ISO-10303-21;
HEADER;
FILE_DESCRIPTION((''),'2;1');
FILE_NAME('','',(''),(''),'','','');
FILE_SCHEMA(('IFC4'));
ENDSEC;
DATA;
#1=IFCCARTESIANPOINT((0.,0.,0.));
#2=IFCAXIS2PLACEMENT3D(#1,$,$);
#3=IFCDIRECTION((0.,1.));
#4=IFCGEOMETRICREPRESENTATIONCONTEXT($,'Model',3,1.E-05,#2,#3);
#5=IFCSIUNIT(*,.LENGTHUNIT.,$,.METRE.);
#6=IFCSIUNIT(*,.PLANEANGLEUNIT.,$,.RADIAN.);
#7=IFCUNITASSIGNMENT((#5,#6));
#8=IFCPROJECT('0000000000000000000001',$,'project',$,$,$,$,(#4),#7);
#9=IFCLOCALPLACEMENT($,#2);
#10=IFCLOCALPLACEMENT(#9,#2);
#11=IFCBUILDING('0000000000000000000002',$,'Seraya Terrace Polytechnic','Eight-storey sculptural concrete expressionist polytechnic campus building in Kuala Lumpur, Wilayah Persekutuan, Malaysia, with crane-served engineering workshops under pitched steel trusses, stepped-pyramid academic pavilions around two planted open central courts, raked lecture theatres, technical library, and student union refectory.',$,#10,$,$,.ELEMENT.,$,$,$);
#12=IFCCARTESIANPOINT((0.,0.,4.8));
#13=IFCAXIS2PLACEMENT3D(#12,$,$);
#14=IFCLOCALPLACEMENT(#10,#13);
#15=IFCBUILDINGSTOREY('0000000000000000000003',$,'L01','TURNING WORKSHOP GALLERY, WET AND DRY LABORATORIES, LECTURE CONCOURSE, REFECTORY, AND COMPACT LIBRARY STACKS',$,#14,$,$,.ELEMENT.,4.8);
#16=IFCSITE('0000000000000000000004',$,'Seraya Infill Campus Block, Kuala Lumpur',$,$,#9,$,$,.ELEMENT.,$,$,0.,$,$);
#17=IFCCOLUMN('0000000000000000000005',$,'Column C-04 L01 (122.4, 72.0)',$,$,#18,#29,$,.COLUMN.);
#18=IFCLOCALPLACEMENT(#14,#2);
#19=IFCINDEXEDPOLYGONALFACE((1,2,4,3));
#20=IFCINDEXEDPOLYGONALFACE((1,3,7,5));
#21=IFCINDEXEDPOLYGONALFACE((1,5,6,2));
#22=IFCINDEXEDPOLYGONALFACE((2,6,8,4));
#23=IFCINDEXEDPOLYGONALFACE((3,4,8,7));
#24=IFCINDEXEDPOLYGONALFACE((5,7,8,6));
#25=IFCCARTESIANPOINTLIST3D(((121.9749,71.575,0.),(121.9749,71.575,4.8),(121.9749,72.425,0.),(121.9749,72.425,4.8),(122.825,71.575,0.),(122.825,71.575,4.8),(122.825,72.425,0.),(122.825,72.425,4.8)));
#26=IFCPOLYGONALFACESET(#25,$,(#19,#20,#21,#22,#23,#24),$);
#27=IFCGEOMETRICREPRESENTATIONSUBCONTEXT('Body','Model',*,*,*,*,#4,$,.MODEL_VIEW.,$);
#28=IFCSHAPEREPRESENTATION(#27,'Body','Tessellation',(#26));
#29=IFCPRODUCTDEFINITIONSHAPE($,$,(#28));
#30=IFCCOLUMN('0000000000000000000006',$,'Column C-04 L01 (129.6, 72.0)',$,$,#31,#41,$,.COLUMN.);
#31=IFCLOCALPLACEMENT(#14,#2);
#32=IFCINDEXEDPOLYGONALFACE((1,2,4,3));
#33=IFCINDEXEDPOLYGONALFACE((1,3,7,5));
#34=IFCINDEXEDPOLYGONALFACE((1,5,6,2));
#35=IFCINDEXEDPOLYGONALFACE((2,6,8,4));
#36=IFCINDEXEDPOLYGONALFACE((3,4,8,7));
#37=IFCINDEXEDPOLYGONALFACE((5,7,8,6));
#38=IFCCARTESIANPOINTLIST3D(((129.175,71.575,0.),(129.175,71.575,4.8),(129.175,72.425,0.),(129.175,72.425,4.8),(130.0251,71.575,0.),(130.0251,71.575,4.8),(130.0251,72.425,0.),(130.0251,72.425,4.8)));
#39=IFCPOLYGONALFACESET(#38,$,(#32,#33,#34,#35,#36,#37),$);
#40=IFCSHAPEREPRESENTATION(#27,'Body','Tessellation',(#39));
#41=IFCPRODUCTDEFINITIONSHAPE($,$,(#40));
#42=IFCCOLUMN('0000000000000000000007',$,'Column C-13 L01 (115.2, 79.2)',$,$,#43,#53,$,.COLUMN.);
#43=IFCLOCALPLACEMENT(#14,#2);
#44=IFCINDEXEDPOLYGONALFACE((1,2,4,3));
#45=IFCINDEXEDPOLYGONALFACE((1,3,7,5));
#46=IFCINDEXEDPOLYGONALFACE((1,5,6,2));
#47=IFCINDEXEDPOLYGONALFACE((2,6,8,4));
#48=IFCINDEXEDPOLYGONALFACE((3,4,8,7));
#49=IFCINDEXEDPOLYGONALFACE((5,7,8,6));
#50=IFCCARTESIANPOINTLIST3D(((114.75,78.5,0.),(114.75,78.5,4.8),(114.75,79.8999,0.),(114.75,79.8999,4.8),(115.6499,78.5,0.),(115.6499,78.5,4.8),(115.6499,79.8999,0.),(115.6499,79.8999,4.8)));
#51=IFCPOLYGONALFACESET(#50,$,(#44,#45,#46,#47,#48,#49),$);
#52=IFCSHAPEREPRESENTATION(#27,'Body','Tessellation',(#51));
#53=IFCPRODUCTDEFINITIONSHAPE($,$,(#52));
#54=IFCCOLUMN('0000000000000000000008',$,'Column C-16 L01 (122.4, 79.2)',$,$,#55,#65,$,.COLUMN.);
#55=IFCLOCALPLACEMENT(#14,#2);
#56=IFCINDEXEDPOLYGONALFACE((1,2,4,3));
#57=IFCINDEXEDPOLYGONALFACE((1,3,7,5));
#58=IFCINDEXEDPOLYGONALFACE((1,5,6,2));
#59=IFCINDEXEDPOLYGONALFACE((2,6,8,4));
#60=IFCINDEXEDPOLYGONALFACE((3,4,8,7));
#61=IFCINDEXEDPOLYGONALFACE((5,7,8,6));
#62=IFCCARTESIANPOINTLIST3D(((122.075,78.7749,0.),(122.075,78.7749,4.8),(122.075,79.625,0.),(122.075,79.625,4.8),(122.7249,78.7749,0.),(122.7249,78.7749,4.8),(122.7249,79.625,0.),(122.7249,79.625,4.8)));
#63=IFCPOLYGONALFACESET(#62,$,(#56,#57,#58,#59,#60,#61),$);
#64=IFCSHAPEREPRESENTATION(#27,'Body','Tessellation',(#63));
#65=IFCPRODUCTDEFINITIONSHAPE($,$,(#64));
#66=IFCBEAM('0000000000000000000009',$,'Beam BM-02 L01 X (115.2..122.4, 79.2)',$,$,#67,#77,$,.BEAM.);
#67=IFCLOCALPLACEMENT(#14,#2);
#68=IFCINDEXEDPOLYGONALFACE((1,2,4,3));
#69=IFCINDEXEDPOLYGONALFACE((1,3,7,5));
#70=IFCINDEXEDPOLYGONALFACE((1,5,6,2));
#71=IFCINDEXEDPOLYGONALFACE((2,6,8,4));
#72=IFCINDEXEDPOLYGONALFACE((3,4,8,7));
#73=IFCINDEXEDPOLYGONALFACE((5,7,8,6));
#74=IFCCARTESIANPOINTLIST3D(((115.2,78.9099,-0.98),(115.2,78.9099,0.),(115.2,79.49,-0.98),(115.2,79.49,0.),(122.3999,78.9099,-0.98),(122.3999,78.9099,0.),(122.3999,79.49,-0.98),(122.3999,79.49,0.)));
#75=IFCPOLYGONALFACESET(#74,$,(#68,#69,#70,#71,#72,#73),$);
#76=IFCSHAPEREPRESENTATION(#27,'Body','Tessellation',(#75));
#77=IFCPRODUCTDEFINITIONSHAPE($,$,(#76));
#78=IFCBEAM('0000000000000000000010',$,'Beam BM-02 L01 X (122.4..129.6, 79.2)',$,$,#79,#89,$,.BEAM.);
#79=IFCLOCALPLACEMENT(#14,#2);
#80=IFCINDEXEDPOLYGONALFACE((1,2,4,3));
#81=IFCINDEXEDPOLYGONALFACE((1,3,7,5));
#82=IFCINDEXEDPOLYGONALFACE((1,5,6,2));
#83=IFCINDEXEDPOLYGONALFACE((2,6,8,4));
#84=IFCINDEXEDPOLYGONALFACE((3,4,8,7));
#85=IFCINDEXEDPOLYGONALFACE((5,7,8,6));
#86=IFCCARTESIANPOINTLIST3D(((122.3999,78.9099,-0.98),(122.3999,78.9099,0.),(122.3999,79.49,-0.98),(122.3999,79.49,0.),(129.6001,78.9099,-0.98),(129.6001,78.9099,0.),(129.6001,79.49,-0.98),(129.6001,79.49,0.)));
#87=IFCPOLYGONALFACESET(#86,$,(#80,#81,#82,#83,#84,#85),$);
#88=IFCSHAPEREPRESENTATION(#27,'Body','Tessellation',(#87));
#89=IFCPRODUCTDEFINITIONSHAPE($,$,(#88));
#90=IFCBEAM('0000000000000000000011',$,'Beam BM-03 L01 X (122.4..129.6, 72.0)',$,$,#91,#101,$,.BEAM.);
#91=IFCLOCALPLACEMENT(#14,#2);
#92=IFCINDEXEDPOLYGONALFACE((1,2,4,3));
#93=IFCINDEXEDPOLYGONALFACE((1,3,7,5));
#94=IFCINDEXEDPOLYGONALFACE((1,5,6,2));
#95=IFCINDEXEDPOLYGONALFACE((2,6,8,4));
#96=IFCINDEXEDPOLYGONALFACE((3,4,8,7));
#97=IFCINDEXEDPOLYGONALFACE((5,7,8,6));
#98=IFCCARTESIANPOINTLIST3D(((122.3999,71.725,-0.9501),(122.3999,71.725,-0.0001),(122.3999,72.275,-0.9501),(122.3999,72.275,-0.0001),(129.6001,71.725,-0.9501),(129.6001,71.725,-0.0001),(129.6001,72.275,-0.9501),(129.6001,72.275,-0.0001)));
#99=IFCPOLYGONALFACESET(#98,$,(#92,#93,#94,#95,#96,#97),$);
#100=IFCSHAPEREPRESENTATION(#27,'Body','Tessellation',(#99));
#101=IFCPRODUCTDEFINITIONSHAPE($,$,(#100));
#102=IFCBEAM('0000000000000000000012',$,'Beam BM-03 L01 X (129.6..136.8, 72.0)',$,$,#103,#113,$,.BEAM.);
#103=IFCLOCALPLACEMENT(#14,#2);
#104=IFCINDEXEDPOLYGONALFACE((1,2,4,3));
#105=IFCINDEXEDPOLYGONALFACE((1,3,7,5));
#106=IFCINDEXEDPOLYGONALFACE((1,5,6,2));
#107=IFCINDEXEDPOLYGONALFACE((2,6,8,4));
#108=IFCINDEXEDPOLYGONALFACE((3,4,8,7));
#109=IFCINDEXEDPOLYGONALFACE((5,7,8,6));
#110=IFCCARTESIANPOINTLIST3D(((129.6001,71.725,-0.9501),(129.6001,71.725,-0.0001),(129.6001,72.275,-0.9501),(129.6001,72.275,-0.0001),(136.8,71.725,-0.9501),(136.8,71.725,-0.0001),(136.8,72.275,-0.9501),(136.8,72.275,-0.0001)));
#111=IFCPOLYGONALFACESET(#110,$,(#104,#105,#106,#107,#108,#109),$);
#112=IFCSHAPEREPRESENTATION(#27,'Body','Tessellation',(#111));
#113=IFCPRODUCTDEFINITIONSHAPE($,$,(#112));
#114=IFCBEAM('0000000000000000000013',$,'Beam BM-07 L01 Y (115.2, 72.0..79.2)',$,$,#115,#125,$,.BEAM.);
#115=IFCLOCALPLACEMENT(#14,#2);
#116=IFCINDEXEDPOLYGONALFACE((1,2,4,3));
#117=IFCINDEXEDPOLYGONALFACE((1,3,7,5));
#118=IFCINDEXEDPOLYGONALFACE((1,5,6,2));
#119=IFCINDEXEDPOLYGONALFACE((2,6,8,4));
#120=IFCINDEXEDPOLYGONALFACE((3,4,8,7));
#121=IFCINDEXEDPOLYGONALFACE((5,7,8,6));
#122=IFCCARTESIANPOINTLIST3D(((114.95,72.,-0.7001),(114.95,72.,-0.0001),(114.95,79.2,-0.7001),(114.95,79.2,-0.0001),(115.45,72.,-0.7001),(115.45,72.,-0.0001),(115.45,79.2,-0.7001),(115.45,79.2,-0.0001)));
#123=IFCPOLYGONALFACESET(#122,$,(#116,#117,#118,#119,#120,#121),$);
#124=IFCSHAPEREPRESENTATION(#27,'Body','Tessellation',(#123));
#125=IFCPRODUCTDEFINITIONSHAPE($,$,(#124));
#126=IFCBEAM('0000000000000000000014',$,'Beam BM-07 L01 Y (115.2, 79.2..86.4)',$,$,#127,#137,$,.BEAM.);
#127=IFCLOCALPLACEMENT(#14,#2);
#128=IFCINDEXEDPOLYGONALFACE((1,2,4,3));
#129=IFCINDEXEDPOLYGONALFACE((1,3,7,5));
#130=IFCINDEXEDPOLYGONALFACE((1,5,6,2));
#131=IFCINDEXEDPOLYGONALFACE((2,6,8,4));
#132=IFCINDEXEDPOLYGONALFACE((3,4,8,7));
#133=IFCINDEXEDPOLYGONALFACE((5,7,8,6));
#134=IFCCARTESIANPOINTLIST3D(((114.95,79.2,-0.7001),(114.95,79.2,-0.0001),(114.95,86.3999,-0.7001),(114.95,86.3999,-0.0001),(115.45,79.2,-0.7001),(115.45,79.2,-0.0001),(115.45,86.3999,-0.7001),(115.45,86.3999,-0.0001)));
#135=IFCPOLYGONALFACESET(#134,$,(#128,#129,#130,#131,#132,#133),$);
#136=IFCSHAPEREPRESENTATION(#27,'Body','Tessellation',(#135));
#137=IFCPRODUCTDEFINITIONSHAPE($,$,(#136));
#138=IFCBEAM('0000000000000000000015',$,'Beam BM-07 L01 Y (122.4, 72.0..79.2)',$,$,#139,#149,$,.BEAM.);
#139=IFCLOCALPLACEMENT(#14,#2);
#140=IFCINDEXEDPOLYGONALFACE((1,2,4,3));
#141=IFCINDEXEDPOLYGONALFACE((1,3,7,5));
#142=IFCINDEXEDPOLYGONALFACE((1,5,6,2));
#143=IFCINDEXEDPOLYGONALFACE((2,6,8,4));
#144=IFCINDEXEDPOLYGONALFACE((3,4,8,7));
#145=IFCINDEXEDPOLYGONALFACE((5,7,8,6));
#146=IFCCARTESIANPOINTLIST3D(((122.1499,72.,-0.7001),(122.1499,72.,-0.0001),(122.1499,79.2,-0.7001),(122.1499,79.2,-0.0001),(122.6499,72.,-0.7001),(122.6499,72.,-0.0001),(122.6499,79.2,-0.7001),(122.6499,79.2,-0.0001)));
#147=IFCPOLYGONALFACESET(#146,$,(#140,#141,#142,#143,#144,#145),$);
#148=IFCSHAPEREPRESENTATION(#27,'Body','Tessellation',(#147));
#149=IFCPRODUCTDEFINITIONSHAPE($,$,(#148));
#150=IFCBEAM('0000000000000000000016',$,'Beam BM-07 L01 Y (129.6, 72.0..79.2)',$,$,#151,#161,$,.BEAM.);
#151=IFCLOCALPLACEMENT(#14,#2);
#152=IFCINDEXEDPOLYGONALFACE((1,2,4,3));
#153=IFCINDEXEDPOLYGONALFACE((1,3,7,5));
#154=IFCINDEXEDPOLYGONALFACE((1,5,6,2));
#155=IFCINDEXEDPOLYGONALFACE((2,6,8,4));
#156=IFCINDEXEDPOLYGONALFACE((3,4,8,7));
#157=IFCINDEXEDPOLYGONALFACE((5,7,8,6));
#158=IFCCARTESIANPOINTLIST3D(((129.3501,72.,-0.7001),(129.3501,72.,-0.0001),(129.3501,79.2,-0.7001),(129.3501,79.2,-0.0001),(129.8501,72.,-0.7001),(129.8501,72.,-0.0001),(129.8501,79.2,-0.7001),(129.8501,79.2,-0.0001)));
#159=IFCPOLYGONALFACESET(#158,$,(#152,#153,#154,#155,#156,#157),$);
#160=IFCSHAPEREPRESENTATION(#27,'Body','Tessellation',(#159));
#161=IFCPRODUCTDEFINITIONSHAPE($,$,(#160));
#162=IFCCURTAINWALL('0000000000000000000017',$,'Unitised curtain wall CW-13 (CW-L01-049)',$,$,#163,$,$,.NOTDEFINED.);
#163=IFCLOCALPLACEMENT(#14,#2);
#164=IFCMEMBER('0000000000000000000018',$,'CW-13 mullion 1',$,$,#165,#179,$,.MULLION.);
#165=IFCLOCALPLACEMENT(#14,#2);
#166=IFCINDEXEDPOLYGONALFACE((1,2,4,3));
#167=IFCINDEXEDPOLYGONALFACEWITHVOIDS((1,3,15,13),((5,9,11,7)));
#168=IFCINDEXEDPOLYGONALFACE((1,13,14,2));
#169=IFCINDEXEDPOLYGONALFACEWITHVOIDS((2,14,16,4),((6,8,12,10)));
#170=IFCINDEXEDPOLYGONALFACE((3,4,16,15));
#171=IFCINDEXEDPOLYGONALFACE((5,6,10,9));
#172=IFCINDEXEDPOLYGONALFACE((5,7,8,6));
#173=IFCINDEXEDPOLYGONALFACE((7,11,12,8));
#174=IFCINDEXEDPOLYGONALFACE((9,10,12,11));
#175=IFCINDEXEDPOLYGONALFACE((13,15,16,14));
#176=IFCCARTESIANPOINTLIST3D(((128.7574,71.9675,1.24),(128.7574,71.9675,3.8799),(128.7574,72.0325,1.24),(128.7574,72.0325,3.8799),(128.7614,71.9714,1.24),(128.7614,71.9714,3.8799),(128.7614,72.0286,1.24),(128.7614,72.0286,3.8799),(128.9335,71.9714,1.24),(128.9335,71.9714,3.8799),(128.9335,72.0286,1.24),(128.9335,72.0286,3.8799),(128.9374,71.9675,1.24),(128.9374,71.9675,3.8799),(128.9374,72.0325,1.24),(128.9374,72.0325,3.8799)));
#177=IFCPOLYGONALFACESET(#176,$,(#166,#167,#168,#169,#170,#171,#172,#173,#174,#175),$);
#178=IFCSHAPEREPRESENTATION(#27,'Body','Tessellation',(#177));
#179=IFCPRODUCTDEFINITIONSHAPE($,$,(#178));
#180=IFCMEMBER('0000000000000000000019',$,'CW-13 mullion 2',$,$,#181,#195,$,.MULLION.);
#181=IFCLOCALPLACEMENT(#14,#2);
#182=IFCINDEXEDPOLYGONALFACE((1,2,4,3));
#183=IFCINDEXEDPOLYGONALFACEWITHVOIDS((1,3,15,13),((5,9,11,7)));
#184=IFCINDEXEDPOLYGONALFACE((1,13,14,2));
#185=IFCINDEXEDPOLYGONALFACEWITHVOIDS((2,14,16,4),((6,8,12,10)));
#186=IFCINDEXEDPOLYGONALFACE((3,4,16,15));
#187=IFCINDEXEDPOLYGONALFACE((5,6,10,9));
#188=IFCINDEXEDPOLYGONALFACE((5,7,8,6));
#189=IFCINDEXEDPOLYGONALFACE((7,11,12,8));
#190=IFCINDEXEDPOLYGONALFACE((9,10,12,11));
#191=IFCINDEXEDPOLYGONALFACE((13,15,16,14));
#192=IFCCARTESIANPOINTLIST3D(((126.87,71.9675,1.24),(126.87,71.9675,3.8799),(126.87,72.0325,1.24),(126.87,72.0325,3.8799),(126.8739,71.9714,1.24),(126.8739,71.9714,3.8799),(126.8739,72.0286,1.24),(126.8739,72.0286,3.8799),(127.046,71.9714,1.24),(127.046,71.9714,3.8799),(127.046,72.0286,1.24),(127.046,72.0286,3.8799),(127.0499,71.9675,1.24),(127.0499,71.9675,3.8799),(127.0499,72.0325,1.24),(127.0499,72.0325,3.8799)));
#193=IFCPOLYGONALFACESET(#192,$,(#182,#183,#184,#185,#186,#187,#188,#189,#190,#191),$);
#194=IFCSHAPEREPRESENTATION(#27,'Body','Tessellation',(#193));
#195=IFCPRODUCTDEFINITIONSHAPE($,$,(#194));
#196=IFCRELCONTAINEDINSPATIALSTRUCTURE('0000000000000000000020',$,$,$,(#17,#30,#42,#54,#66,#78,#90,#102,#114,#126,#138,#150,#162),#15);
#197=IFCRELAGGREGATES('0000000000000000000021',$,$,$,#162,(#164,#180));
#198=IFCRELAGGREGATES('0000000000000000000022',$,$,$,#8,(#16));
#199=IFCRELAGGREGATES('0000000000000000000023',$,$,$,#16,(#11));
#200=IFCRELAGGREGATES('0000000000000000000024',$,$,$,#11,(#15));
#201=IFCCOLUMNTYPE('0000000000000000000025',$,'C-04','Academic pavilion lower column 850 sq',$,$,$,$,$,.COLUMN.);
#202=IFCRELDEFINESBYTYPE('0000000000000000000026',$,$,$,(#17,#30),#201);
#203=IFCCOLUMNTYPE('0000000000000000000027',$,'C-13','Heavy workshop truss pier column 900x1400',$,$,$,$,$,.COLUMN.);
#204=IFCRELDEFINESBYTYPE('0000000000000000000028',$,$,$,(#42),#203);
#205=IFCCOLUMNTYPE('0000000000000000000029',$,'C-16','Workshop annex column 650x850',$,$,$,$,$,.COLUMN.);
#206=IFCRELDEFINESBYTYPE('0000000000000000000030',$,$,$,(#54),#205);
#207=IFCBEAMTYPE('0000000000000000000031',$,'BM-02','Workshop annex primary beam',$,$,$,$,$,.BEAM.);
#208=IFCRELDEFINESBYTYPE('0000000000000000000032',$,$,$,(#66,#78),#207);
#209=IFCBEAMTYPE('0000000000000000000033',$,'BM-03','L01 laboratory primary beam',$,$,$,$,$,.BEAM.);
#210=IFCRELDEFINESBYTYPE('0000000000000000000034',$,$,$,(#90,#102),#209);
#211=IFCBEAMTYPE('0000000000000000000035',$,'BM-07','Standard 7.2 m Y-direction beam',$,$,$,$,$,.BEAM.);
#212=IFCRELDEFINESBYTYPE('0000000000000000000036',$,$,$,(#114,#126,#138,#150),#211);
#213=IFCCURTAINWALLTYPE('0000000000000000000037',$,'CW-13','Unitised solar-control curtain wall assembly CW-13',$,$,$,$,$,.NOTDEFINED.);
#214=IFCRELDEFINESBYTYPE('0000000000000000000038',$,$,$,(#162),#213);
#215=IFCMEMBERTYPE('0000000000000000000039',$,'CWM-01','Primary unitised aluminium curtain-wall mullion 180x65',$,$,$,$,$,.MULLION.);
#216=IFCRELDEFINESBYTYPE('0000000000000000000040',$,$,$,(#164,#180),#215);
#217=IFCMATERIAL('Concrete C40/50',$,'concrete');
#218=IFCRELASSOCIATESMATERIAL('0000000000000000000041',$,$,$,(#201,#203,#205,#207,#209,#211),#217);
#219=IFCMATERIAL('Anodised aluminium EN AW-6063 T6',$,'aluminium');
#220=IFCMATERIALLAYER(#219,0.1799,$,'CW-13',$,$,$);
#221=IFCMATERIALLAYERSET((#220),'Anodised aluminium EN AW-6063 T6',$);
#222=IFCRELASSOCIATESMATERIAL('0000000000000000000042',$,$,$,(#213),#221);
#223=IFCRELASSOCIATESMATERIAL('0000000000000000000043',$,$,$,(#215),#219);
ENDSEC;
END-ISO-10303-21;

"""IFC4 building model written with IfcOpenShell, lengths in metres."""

from ifc_helpers import new_model, si_unit, direction, frame, origin, origin_2d, place, context, subcontext, project, spatial, rectangle, hollow_rectangle, extrude, material, layer, layer_set, material_profile, profile_set, type_object, element, aggregate, save


model = new_model("IFC4")

# Units and contexts
model_context = context("Model", 3, precision=1e-05, world=origin(), true_north=direction((0.0, 1.0)))
body_context = subcontext(model_context, "Body", "Model", "MODEL_VIEW")
ifc_project = project(units=[si_unit("LENGTHUNIT", "METRE"), si_unit("PLANEANGLEUNIT", "RADIAN")], contexts=[model_context])

# Site, building, storey
site_placement = place(None, origin())
site = spatial("IfcSite", under=ifc_project, at=site_placement, Name="Seraya Infill Campus Block, Kuala Lumpur", CompositionType="ELEMENT", RefElevation=0.0)
building_placement = place(site_placement, origin())
building = spatial("IfcBuilding", under=site, at=building_placement, Name="Seraya Terrace Polytechnic", Description="Eight-storey sculptural concrete expressionist polytechnic campus building in Kuala Lumpur, Wilayah Persekutuan, Malaysia, with crane-served engineering workshops under pitched steel trusses, stepped-pyramid academic pavilions around two planted open central courts, raked lecture theatres, technical library, and student union refectory.", CompositionType="ELEMENT")
storey_placement = place(building_placement, frame((0.0, 0.0, 4.8)))
storey = spatial("IfcBuildingStorey", under=building, at=storey_placement, Name="L01", Description="TURNING WORKSHOP GALLERY, WET AND DRY LABORATORIES, LECTURE CONCOURSE, REFECTORY, AND COMPACT LIBRARY STACKS", CompositionType="ELEMENT", Elevation=4.8)

# Columns
ifc_material_1 = material(Name="Concrete C40/50", Category="concrete")
ifc_material_profile_1 = material_profile(ifc_material_1, rectangle(XDim=0.8501, YDim=0.8501, at=origin_2d()), Name="RC 850x850")
ifc_profile_set_1 = profile_set([ifc_material_profile_1], Name="Concrete C40/50")
column_type_1 = type_object("IfcColumnType", Name="C-04", Description="Academic pavilion lower column 850 sq", PredefinedType="COLUMN", material=ifc_profile_set_1)
for number, where, z_axis, x_axis, name in (
    (1, (122.3999, 72.0, 0.0), (0.0, 0.0, 1.0), (1.0, 0.0, 0.0), "Column C-04 L01 (122.4, 72.0)"),
    (2, (129.6001, 72.0, 0.0), (0.0, 0.0, 1.0), (1.0, 0.0, 0.0), "Column C-04 L01 (129.6, 72.0)"),
):
    element("IfcColumn", number, at=place(storey_placement, frame(where, z_axis=z_axis, x_axis=x_axis)), inside=storey, type_object=column_type_1, Name=name, PredefinedType="COLUMN", context=body_context, shape_type="SweptSolid", body=[
        extrude(rectangle(XDim=0.8501, YDim=0.8501, at=origin_2d()), origin(), (0.0, 0.0, 1.0), 4.8),
    ])
ifc_material_profile_2 = material_profile(ifc_material_1, rectangle(XDim=0.8999, YDim=1.3999, at=origin_2d()), Name="RC 900x1400")
ifc_profile_set_2 = profile_set([ifc_material_profile_2], Name="Concrete C40/50")
column_type_2 = type_object("IfcColumnType", Name="C-13", Description="Heavy workshop truss pier column 900x1400", PredefinedType="COLUMN", material=ifc_profile_set_2)
column_1_placement = place(storey_placement, frame((115.2, 79.2, 0.0), z_axis=(0.0, 0.0, 1.0), x_axis=(1.0, 0.0, 0.0)))
element("IfcColumn", 3, at=column_1_placement, inside=storey, type_object=column_type_2, Name="Column C-13 L01 (115.2, 79.2)", PredefinedType="COLUMN", context=body_context, shape_type="SweptSolid", body=[
    extrude(rectangle(XDim=0.8999, YDim=1.3999, at=origin_2d()), origin(), (0.0, 0.0, 1.0), 4.8),
])
ifc_material_profile_3 = material_profile(ifc_material_1, rectangle(XDim=0.6499, YDim=0.8501, at=origin_2d()), Name="RC 650x850")
ifc_profile_set_3 = profile_set([ifc_material_profile_3], Name="Concrete C40/50")
column_type_3 = type_object("IfcColumnType", Name="C-16", Description="Workshop annex column 650x850", PredefinedType="COLUMN", material=ifc_profile_set_3)
column_2_placement = place(storey_placement, frame((122.3999, 79.2, 0.0), z_axis=(0.0, 0.0, 1.0), x_axis=(1.0, 0.0, 0.0)))
element("IfcColumn", 4, at=column_2_placement, inside=storey, type_object=column_type_3, Name="Column C-16 L01 (122.4, 79.2)", PredefinedType="COLUMN", context=body_context, shape_type="SweptSolid", body=[
    extrude(rectangle(XDim=0.6499, YDim=0.8501, at=origin_2d()), origin(), (0.0, 0.0, 1.0), 4.8),
])

# Beams
ifc_material_profile_4 = material_profile(ifc_material_1, rectangle(XDim=0.5801, YDim=0.98, at=origin_2d()), Name="RC 580x980")
ifc_profile_set_4 = profile_set([ifc_material_profile_4], Name="Concrete C40/50")
beam_type_1 = type_object("IfcBeamType", Name="BM-02", Description="Workshop annex primary beam", PredefinedType="BEAM", material=ifc_profile_set_4)
beam_1_placement = place(storey_placement, frame((115.2, 79.2, -0.49), z_axis=(1.0, 0.0, 0.0), x_axis=(0.0, 1.0, 0.0)))
element("IfcBeam", 5, at=beam_1_placement, inside=storey, type_object=beam_type_1, Name="Beam BM-02 L01 X (115.2..122.4, 79.2)", PredefinedType="BEAM", context=body_context, shape_type="SweptSolid", body=[
    extrude(rectangle(XDim=0.5801, YDim=0.98, at=origin_2d()), origin(), (0.0, 0.0, 1.0), 7.2),
])
beam_2_placement = place(storey_placement, frame((122.3999, 79.2, -0.49), z_axis=(1.0, 0.0, 0.0), x_axis=(0.0, 1.0, 0.0)))
element("IfcBeam", 6, at=beam_2_placement, inside=storey, type_object=beam_type_1, Name="Beam BM-02 L01 X (122.4..129.6, 79.2)", PredefinedType="BEAM", context=body_context, shape_type="SweptSolid", body=[
    extrude(rectangle(XDim=0.5801, YDim=0.98, at=origin_2d()), origin(), (0.0, 0.0, 1.0), 7.2002),
])
ifc_material_profile_5 = material_profile(ifc_material_1, rectangle(XDim=0.55, YDim=0.95, at=origin_2d()), Name="RC 550x950")
ifc_profile_set_5 = profile_set([ifc_material_profile_5], Name="Concrete C40/50")
beam_type_2 = type_object("IfcBeamType", Name="BM-03", Description="L01 laboratory primary beam", PredefinedType="BEAM", material=ifc_profile_set_5)
beam_3_placement = place(storey_placement, frame((122.3999, 72.0, -0.4751), z_axis=(1.0, 0.0, 0.0), x_axis=(0.0, 1.0, 0.0)))
element("IfcBeam", 7, at=beam_3_placement, inside=storey, type_object=beam_type_2, Name="Beam BM-03 L01 X (122.4..129.6, 72.0)", PredefinedType="BEAM", context=body_context, shape_type="SweptSolid", body=[
    extrude(rectangle(XDim=0.55, YDim=0.95, at=origin_2d()), origin(), (0.0, 0.0, 1.0), 7.2002),
])
beam_4_placement = place(storey_placement, frame((129.6001, 72.0, -0.4751), z_axis=(1.0, 0.0, 0.0), x_axis=(0.0, 1.0, 0.0)))
element("IfcBeam", 8, at=beam_4_placement, inside=storey, type_object=beam_type_2, Name="Beam BM-03 L01 X (129.6..136.8, 72.0)", PredefinedType="BEAM", context=body_context, shape_type="SweptSolid", body=[
    extrude(rectangle(XDim=0.55, YDim=0.95, at=origin_2d()), origin(), (0.0, 0.0, 1.0), 7.2),
])
ifc_material_profile_6 = material_profile(ifc_material_1, rectangle(XDim=0.5, YDim=0.7, at=origin_2d()), Name="RC 500x700")
ifc_profile_set_6 = profile_set([ifc_material_profile_6], Name="Concrete C40/50")
beam_type_3 = type_object("IfcBeamType", Name="BM-07", Description="Standard 7.2 m Y-direction beam", PredefinedType="BEAM", material=ifc_profile_set_6)
for number, where, z_axis, x_axis, name in (
    (9, (115.2, 72.0, -0.3501), (0.0, 1.0, 0.0), (-1.0, 0.0, 0.0), "Beam BM-07 L01 Y (115.2, 72.0..79.2)"),
    (10, (115.2, 79.2, -0.3501), (0.0, 1.0, 0.0), (-1.0, 0.0, 0.0), "Beam BM-07 L01 Y (115.2, 79.2..86.4)"),
    (11, (122.3999, 72.0, -0.3501), (0.0, 1.0, 0.0), (-1.0, 0.0, 0.0), "Beam BM-07 L01 Y (122.4, 72.0..79.2)"),
    (12, (129.6001, 72.0, -0.3501), (0.0, 1.0, 0.0), (-1.0, 0.0, 0.0), "Beam BM-07 L01 Y (129.6, 72.0..79.2)"),
):
    element("IfcBeam", number, at=place(storey_placement, frame(where, z_axis=z_axis, x_axis=x_axis)), inside=storey, type_object=beam_type_3, Name=name, PredefinedType="BEAM", context=body_context, shape_type="SweptSolid", body=[
        extrude(rectangle(XDim=0.5, YDim=0.7, at=origin_2d()), origin(), (0.0, 0.0, 1.0), 7.2),
    ])

# Curtain wall, members
ifc_material_2 = material(Name="Anodised aluminium EN AW-6063 T6", Category="aluminium")
ifc_layer_1 = layer(ifc_material_2, 0.1799, Name="CW-13")
ifc_layer_set_1 = layer_set([ifc_layer_1], Name="Anodised aluminium EN AW-6063 T6")
curtain_wall_type = type_object("IfcCurtainWallType", Name="CW-13", Description="Unitised solar-control curtain wall assembly CW-13", PredefinedType="NOTDEFINED", material=ifc_layer_set_1)
curtain_wall_placement = place(storey_placement, origin())
curtain_wall = element("IfcCurtainWall", 13, at=curtain_wall_placement, inside=storey, type_object=curtain_wall_type, Name="Unitised curtain wall CW-13 (CW-L01-049)", PredefinedType="NOTDEFINED")
ifc_material_profile_7 = material_profile(ifc_material_2, hollow_rectangle(XDim=0.0649, YDim=0.1799, WallThickness=0.0039, at=origin_2d()), Name="RHS 180x65x4.0")
ifc_profile_set_7 = profile_set([ifc_material_profile_7], Name="Anodised aluminium EN AW-6063 T6")
member_type_1 = type_object("IfcMemberType", Name="CWM-01", Description="Primary unitised aluminium curtain-wall mullion 180x65", PredefinedType="MULLION", material=ifc_profile_set_7)
member_1_placement = place(storey_placement, frame((128.8474, 72.0, 1.24), z_axis=(0.0, 0.0, 1.0), x_axis=(0.0, -1.0, 0.0)))
member_1 = element("IfcMember", 14, at=member_1_placement, type_object=member_type_1, Name="CW-13 mullion 1", PredefinedType="MULLION", context=body_context, shape_type="SweptSolid", body=[
    extrude(hollow_rectangle(XDim=0.0649, YDim=0.1799, WallThickness=0.0039, at=origin_2d()), origin(), (0.0, 0.0, 1.0), 2.6399),
])
member_2_placement = place(storey_placement, frame((126.96, 72.0, 1.24), z_axis=(0.0, 0.0, 1.0), x_axis=(0.0, -1.0, 0.0)))
member_2 = element("IfcMember", 15, at=member_2_placement, type_object=member_type_1, Name="CW-13 mullion 2", PredefinedType="MULLION", context=body_context, shape_type="SweptSolid", body=[
    extrude(hollow_rectangle(XDim=0.0649, YDim=0.1799, WallThickness=0.0039, at=origin_2d()), origin(), (0.0, 0.0, 1.0), 2.6399),
])

aggregate(curtain_wall, [member_1, member_2])

save(model, "model.ifc")
